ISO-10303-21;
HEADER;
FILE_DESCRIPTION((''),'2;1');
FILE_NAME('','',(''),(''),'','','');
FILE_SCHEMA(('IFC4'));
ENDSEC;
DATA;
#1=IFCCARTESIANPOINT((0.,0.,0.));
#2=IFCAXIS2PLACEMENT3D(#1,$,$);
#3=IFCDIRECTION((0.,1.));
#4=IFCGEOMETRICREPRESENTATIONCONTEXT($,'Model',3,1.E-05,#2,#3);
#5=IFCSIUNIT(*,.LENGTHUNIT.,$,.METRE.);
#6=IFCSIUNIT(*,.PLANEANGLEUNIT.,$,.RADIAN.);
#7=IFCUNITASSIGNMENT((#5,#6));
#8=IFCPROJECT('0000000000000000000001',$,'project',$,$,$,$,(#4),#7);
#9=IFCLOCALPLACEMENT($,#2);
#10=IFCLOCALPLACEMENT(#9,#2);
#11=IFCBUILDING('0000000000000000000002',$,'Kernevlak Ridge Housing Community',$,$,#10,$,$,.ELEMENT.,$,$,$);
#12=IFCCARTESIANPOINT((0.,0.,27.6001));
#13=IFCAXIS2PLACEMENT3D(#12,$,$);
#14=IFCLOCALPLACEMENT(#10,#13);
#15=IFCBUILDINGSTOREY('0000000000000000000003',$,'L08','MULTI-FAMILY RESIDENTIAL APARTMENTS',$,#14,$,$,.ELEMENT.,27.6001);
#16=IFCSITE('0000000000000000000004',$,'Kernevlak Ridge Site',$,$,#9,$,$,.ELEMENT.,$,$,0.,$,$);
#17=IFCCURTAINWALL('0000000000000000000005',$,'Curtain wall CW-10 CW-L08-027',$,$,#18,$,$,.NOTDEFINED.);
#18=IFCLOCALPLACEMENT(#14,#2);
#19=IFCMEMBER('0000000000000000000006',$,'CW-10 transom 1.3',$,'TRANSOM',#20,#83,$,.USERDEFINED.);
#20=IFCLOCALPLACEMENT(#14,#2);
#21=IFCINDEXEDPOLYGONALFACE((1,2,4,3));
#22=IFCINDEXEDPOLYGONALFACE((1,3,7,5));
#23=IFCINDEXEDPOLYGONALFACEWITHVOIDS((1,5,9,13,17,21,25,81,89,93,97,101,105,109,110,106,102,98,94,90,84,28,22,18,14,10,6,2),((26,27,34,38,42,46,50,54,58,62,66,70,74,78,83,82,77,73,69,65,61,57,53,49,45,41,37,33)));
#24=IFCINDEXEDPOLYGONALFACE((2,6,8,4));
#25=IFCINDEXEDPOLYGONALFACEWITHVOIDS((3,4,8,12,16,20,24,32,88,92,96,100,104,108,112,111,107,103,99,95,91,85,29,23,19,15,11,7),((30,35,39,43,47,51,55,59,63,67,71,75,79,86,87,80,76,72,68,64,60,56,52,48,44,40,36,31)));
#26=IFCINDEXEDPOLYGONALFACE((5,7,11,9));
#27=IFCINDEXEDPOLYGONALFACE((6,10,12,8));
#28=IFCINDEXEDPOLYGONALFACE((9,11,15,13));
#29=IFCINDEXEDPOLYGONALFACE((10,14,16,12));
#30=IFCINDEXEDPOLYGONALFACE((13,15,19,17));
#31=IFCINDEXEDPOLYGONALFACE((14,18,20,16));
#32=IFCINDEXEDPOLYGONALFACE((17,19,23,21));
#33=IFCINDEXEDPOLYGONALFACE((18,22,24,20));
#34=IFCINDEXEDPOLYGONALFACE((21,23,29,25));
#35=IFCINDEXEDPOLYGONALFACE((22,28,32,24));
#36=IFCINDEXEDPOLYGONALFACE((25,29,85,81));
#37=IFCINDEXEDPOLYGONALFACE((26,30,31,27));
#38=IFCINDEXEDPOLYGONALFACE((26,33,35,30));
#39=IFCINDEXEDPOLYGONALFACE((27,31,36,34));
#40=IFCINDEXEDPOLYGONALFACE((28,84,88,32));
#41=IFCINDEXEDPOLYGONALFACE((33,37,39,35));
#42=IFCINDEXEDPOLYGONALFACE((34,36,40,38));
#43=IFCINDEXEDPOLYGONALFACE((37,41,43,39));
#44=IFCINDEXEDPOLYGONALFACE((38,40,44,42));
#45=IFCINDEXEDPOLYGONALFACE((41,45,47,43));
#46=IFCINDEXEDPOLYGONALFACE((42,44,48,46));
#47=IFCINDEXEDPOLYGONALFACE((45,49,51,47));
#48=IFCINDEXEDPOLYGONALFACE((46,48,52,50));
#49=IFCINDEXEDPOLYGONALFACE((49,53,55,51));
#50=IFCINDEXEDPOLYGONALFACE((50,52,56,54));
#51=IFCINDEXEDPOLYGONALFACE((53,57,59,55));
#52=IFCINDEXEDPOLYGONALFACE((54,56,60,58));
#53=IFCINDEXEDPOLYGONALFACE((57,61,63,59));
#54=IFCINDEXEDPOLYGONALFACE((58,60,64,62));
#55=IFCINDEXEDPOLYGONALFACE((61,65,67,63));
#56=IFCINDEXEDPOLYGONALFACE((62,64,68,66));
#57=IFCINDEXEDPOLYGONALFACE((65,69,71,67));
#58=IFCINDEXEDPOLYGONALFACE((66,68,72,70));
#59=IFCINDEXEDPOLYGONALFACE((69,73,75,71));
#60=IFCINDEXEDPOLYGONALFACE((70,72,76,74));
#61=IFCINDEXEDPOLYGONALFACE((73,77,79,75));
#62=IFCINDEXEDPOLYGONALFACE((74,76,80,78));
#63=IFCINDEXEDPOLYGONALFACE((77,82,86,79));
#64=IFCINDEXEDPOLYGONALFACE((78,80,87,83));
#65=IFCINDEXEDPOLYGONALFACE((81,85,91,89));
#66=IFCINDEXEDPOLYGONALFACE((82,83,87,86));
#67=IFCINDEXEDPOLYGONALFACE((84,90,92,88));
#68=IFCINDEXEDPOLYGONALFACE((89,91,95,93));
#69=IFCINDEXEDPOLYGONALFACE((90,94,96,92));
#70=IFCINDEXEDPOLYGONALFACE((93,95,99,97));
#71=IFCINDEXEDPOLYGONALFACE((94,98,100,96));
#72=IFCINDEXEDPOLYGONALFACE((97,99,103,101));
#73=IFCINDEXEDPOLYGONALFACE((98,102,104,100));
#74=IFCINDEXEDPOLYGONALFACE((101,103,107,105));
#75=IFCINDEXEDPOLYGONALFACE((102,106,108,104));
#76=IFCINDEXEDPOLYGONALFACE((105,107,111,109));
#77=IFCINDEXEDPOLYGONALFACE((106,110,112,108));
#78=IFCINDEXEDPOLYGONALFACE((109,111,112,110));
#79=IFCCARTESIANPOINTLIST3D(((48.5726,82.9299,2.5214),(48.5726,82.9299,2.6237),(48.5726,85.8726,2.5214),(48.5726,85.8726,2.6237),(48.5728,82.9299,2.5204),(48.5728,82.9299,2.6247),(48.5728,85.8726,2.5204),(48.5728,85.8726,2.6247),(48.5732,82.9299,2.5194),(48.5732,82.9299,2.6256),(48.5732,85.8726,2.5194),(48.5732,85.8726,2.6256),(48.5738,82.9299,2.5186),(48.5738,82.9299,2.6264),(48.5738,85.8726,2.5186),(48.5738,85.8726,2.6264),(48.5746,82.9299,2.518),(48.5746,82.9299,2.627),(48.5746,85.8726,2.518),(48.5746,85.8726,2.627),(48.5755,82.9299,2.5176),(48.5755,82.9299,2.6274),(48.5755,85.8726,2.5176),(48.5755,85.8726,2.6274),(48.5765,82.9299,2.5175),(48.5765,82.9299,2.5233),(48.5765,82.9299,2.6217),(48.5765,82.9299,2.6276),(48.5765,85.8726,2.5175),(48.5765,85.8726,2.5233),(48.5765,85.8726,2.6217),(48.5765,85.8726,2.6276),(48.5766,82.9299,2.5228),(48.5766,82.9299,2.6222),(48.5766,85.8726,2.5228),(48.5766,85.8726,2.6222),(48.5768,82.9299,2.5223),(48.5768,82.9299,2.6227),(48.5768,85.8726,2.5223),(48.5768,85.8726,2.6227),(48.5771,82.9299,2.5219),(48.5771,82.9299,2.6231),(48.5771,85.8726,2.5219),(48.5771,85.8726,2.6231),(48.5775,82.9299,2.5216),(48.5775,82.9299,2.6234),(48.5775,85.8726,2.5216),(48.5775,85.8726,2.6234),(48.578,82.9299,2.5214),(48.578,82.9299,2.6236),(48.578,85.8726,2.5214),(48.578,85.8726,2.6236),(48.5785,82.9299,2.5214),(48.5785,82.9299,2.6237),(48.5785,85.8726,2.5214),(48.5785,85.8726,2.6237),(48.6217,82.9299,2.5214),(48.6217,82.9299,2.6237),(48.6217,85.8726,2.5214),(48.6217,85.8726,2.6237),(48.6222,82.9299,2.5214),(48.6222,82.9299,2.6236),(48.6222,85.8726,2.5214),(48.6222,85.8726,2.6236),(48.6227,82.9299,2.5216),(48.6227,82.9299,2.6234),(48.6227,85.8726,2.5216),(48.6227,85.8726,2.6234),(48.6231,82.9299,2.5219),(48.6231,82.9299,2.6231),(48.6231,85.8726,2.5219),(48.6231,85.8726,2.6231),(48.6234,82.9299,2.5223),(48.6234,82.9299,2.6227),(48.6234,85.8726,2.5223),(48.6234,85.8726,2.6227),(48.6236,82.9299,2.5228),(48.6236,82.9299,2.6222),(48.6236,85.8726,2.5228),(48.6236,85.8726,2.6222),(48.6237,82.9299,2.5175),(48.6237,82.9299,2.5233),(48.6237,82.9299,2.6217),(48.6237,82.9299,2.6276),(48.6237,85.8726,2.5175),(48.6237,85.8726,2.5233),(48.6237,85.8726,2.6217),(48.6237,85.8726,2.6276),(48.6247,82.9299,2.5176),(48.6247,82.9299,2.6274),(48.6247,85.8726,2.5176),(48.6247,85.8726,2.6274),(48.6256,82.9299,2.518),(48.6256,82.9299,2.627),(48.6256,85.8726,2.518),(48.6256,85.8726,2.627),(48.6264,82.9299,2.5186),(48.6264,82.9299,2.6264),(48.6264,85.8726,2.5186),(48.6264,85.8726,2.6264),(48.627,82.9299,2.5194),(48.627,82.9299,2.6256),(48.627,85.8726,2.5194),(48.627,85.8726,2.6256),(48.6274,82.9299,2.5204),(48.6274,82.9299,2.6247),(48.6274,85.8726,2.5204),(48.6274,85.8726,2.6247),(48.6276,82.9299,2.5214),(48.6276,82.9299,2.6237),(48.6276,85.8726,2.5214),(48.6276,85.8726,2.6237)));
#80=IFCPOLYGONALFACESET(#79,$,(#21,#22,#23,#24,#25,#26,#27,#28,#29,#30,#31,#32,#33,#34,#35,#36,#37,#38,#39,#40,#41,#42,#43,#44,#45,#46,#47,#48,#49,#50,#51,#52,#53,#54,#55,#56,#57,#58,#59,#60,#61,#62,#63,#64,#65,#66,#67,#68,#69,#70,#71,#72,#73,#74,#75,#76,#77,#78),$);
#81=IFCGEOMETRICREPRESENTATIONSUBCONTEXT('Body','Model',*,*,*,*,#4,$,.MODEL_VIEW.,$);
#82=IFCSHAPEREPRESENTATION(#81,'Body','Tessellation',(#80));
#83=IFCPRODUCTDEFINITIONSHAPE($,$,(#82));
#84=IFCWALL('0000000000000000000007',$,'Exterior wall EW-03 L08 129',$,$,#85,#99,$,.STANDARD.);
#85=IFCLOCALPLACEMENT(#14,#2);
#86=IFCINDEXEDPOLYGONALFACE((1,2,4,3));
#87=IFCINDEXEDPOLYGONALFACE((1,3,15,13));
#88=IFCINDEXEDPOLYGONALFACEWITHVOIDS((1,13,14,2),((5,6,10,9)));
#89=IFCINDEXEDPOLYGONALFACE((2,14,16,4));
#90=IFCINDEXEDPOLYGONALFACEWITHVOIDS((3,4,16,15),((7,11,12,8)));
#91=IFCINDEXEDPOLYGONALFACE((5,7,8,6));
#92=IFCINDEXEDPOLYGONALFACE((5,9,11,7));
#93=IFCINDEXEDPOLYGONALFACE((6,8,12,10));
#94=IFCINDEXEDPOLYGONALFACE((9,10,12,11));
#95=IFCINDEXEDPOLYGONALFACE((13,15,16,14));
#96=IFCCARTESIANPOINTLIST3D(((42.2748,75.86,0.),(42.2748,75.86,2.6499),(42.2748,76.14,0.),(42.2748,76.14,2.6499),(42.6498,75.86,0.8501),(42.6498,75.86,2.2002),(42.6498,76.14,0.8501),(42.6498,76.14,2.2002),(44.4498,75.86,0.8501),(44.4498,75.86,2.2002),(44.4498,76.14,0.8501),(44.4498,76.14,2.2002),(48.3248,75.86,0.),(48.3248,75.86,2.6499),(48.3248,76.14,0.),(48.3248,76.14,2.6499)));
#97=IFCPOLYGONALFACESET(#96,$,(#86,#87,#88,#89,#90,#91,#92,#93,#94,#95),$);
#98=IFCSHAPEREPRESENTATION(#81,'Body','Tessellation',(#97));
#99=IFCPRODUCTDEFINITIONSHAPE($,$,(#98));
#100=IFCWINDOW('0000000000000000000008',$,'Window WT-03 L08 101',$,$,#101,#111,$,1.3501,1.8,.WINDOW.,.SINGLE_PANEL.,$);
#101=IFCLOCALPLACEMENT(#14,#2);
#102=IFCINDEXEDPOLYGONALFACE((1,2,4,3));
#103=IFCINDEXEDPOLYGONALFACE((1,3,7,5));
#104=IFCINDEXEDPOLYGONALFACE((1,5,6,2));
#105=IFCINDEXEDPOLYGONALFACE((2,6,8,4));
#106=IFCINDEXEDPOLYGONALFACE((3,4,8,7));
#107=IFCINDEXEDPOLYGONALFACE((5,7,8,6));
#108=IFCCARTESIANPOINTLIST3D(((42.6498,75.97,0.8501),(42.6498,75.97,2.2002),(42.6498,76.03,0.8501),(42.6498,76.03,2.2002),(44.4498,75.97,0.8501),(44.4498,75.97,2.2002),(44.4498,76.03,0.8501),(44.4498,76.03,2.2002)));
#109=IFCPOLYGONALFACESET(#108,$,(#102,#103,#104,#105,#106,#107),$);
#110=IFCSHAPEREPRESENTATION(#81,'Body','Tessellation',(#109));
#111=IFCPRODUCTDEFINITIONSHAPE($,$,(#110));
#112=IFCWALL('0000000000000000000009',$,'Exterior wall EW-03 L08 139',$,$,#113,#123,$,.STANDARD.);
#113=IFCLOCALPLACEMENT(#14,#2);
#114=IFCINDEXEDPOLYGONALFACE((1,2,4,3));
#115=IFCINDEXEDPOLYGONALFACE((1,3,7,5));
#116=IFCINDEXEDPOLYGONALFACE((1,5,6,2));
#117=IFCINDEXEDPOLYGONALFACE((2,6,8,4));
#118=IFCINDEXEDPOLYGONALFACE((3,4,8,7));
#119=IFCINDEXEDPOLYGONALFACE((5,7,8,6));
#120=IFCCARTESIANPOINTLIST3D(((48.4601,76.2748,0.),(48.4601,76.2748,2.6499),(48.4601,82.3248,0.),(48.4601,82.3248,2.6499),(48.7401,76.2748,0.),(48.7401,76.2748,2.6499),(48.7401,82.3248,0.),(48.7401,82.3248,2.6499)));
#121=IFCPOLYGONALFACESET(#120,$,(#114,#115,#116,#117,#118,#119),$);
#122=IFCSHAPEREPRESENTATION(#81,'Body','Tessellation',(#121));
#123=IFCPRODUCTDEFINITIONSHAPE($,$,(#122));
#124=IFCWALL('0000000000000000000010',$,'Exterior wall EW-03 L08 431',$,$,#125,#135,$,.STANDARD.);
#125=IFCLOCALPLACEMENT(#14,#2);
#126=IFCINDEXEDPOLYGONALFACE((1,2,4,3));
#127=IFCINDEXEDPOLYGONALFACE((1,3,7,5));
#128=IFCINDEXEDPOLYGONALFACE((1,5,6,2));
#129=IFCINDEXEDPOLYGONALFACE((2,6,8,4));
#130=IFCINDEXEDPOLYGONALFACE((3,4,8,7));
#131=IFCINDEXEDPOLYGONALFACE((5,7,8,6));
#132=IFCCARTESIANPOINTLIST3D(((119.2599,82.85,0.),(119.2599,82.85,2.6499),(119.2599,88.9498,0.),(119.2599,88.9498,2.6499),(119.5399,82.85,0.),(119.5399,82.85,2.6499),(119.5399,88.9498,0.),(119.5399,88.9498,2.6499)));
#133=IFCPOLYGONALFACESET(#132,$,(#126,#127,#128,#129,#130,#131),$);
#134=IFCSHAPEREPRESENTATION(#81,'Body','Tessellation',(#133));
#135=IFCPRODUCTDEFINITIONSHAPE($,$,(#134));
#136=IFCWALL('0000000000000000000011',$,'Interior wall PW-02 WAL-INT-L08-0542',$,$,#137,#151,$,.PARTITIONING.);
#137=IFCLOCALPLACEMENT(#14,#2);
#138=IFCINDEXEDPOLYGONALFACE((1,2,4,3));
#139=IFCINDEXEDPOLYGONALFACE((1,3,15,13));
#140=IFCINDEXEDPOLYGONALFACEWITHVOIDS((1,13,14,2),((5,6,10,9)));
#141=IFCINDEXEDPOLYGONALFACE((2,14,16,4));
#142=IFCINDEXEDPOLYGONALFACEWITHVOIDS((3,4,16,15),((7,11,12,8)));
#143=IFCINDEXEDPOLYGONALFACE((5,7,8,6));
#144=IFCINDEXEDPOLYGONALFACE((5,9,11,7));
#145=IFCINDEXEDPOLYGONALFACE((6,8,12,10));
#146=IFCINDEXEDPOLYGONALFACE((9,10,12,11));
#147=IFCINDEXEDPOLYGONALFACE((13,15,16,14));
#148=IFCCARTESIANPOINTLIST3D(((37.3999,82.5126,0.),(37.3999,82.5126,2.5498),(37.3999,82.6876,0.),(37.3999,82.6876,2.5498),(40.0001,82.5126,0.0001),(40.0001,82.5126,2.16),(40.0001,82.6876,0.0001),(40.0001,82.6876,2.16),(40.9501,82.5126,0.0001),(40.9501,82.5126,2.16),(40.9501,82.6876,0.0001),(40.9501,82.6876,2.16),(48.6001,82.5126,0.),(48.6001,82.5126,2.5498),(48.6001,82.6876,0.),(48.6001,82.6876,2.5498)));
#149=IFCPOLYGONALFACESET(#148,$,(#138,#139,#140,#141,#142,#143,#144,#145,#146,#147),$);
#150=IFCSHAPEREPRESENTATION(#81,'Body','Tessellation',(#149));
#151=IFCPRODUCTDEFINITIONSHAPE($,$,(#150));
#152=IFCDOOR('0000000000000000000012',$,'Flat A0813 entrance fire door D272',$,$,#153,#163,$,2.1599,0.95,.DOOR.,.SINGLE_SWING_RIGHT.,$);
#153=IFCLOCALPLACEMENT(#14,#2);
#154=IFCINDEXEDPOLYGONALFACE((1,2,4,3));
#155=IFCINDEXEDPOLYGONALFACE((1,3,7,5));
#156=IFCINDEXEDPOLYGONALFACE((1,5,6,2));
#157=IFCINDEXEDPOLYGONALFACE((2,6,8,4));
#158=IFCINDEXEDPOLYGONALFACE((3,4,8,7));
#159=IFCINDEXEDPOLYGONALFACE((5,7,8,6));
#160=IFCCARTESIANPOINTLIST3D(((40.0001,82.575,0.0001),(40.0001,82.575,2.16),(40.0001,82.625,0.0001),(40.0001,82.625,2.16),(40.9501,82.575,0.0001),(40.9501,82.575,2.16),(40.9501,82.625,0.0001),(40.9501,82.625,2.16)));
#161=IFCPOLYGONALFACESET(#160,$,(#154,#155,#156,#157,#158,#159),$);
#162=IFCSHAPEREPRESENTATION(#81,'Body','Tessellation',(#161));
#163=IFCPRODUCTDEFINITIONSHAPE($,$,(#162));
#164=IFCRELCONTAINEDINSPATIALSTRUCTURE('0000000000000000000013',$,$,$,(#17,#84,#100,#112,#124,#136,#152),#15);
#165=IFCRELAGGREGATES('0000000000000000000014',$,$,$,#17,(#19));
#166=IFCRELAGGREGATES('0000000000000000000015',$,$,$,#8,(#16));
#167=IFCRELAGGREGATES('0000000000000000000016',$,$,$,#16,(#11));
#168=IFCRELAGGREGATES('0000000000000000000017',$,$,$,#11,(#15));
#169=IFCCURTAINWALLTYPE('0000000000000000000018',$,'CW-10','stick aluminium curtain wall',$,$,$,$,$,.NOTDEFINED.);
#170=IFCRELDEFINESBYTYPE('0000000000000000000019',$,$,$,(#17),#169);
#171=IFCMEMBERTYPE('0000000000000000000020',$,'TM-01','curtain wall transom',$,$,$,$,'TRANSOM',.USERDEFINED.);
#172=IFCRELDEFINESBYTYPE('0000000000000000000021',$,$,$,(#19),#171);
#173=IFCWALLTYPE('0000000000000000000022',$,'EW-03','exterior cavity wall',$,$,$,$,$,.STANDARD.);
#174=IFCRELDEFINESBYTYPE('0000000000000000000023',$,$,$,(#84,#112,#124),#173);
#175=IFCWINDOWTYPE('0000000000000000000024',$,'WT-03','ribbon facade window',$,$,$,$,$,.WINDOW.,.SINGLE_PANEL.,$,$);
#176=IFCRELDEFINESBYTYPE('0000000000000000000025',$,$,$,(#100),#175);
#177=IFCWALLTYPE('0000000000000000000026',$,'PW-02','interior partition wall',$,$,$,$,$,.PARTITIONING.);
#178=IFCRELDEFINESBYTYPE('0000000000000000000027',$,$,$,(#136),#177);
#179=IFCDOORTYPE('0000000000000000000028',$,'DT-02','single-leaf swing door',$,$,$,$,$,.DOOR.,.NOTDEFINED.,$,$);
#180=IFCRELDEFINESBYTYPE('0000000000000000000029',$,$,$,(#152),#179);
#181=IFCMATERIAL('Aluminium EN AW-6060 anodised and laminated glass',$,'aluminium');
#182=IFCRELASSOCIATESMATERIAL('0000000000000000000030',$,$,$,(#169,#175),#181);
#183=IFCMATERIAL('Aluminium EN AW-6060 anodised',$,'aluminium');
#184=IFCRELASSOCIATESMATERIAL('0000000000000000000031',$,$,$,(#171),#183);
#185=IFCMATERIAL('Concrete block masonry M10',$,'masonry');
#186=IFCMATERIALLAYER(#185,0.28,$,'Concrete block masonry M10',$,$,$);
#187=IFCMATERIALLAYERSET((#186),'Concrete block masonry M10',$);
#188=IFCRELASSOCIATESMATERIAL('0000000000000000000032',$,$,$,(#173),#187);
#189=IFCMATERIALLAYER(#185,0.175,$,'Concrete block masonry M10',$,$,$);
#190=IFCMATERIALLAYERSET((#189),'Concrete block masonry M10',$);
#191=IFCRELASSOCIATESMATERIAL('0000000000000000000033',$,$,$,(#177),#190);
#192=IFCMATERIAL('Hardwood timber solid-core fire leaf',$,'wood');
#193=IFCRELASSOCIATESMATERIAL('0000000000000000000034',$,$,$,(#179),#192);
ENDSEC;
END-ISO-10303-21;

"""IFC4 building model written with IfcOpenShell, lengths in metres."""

from ifc_helpers import new_model, si_unit, direction, frame, frame_2d, origin, origin_2d, place, context, subcontext, project, spatial, rectangle, hollow_rectangle, extrude, material, layer, layer_set, material_profile, profile_set, type_object, element, fill, aggregate, save


model = new_model("IFC4")

# Units and contexts
model_context = context("Model", 3, precision=1e-05, world=origin(), true_north=direction((0.0, 1.0)))
body_context = subcontext(model_context, "Body", "Model", "MODEL_VIEW")
ifc_project = project(units=[si_unit("LENGTHUNIT", "METRE"), si_unit("PLANEANGLEUNIT", "RADIAN")], contexts=[model_context])

# Site, building, storey
site_placement = place(None, origin())
site = spatial("IfcSite", under=ifc_project, at=site_placement, Name="Kernevlak Ridge Site", CompositionType="ELEMENT", RefElevation=0.0)
building_placement = place(site_placement, origin())
building = spatial("IfcBuilding", under=site, at=building_placement, Name="Kernevlak Ridge Housing Community", CompositionType="ELEMENT")
storey_placement = place(building_placement, frame((0.0, 0.0, 27.6001)))
storey = spatial("IfcBuildingStorey", under=building, at=storey_placement, Name="L08", Description="MULTI-FAMILY RESIDENTIAL APARTMENTS", CompositionType="ELEMENT", Elevation=27.6001)

# Curtain wall
ifc_material_1 = material(Name="Aluminium EN AW-6060 anodised and laminated glass", Category="aluminium")
curtain_wall_type = type_object("IfcCurtainWallType", Name="CW-10", Description="stick aluminium curtain wall", PredefinedType="NOTDEFINED", material=ifc_material_1)
curtain_wall_placement = place(storey_placement, origin())
curtain_wall = element("IfcCurtainWall", 1, at=curtain_wall_placement, inside=storey, type_object=curtain_wall_type, Name="Curtain wall CW-10 CW-L08-027", PredefinedType="NOTDEFINED")
ifc_material_2 = material(Name="Aluminium EN AW-6060 anodised", Category="aluminium")

# Member
ifc_material_profile_1 = material_profile(ifc_material_2, hollow_rectangle(XDim=0.0549, YDim=0.1101, WallThickness=0.0039, InnerFilletRadius=0.002, OuterFilletRadius=0.0039, at=origin_2d()), Name="ALU 55x110x4")
ifc_profile_set_1 = profile_set([ifc_material_profile_1], Name="Aluminium EN AW-6060 anodised")
member_type_1 = type_object("IfcMemberType", Name="TM-01", Description="curtain wall transom", ElementType="TRANSOM", PredefinedType="USERDEFINED", material=ifc_profile_set_1)
member_1_placement = place(storey_placement, frame((48.6001, 82.9299, 2.5725), z_axis=(0.0, 1.0, 0.0), x_axis=(-1.0, 0.0, 0.0)))
member_1 = element("IfcMember", 2, at=member_1_placement, type_object=member_type_1, Name="CW-10 transom 1.3", ObjectType="TRANSOM", PredefinedType="USERDEFINED", context=body_context, shape_type="SweptSolid", body=[
    extrude(hollow_rectangle(XDim=0.0549, YDim=0.1101, WallThickness=0.0039, InnerFilletRadius=0.002, OuterFilletRadius=0.0039, at=origin_2d()), origin(), (0.0, 0.0, 1.0), 2.9426),
])
aggregate(curtain_wall, [member_1])

# Wall, opening, window
ifc_material_3 = material(Name="Concrete block masonry M10", Category="masonry")
ifc_layer_1 = layer(ifc_material_3, 0.28, Name="Concrete block masonry M10")
ifc_layer_set_1 = layer_set([ifc_layer_1], Name="Concrete block masonry M10")
wall_type_1 = type_object("IfcWallType", Name="EW-03", Description="exterior cavity wall", PredefinedType="STANDARD", material=ifc_layer_set_1)
wall_1_placement = place(storey_placement, frame((42.2749, 76.0, 0.0), z_axis=(0.0, 0.0, 1.0), x_axis=(1.0, 0.0, 0.0)))
wall_1 = element("IfcWall", 3, at=wall_1_placement, inside=storey, type_object=wall_type_1, Name="Exterior wall EW-03 L08 129", PredefinedType="STANDARD", context=body_context, shape_type="SweptSolid", body=[
    extrude(rectangle(XDim=6.05, YDim=0.28, at=frame_2d((3.0249, 0.0))), origin(), (0.0, 0.0, 1.0), 2.6499),
])
opening_1_placement = place(wall_1_placement, frame((0.375, 0.0, 0.8501)))
opening_1 = element("IfcOpeningElement", 4, at=opening_1_placement, cuts=wall_1, PredefinedType="OPENING", context=body_context, shape_type="SweptSolid", body=[
    extrude(rectangle(XDim=1.8, YDim=1.3501, at=frame_2d((0.8999, 0.675))), frame((0.0, 0.1499, 0.0), z_axis=(0.0, -1.0, 0.0), x_axis=(1.0, 0.0, 0.0)), (0.0, 0.0, 1.0), 0.3),
])
window_type = type_object("IfcWindowType", Name="WT-03", Description="ribbon facade window", PartitioningType="SINGLE_PANEL", PredefinedType="WINDOW", material=ifc_material_1)
window_placement = place(opening_1_placement, origin())
window = element("IfcWindow", 5, at=window_placement, inside=storey, type_object=window_type, Name="Window WT-03 L08 101", OverallHeight=1.3501, OverallWidth=1.8, PartitioningType="SINGLE_PANEL", PredefinedType="WINDOW", context=body_context, shape_type="SweptSolid", body=[
    extrude(rectangle(XDim=1.8, YDim=1.3501, at=frame_2d((0.8999, 0.675))), frame((0.0, 0.03, 0.0), z_axis=(0.0, -1.0, 0.0), x_axis=(1.0, 0.0, 0.0)), (0.0, 0.0, 1.0), 0.0601),
])
fill(opening_1, window)

# Walls
wall_2_placement = place(storey_placement, frame((48.6001, 76.2749, 0.0), z_axis=(0.0, 0.0, 1.0), x_axis=(0.0, 1.0, 0.0)))
element("IfcWall", 6, at=wall_2_placement, inside=storey, type_object=wall_type_1, Name="Exterior wall EW-03 L08 139", PredefinedType="STANDARD", context=body_context, shape_type="SweptSolid", body=[
    extrude(rectangle(XDim=6.05, YDim=0.28, at=frame_2d((3.0249, 0.0))), origin(), (0.0, 0.0, 1.0), 2.6499),
])
wall_3_placement = place(storey_placement, frame((119.3999, 82.8501, 0.0), z_axis=(0.0, 0.0, 1.0), x_axis=(0.0, 1.0, 0.0)))
element("IfcWall", 7, at=wall_3_placement, inside=storey, type_object=wall_type_1, Name="Exterior wall EW-03 L08 431", PredefinedType="STANDARD", context=body_context, shape_type="SweptSolid", body=[
    extrude(rectangle(XDim=6.0999, YDim=0.28, at=frame_2d((3.0498, 0.0))), origin(), (0.0, 0.0, 1.0), 2.6499),
])

# Wall, opening, door
ifc_layer_2 = layer(ifc_material_3, 0.175, Name="Concrete block masonry M10")
ifc_layer_set_2 = layer_set([ifc_layer_2], Name="Concrete block masonry M10")
wall_type_2 = type_object("IfcWallType", Name="PW-02", Description="interior partition wall", PredefinedType="PARTITIONING", material=ifc_layer_set_2)
wall_4_placement = place(storey_placement, frame((37.3999, 82.6001, 0.0), z_axis=(0.0, 0.0, 1.0), x_axis=(1.0, 0.0, 0.0)))
wall_4 = element("IfcWall", 8, at=wall_4_placement, inside=storey, type_object=wall_type_2, Name="Interior wall PW-02 WAL-INT-L08-0542", PredefinedType="PARTITIONING", context=body_context, shape_type="SweptSolid", body=[
    extrude(rectangle(XDim=11.2002, YDim=0.175, at=frame_2d((5.6001, 0.0))), origin(), (0.0, 0.0, 1.0), 2.5498),
])
opening_2_placement = place(wall_4_placement, frame((2.6001, 0.0, 0.0)))
opening_2 = element("IfcOpeningElement", 9, at=opening_2_placement, cuts=wall_4, PredefinedType="OPENING", context=body_context, shape_type="SweptSolid", body=[
    extrude(rectangle(XDim=0.95, YDim=2.1599, at=frame_2d((0.4751, 1.0801))), frame((0.0, 0.0974, 0.0), z_axis=(0.0, -1.0, 0.0), x_axis=(1.0, 0.0, 0.0)), (0.0, 0.0, 1.0), 0.1951),
])
ifc_material_4 = material(Name="Hardwood timber solid-core fire leaf", Category="wood")
door_type_1 = type_object("IfcDoorType", Name="DT-02", Description="single-leaf swing door", OperationType="NOTDEFINED", PredefinedType="DOOR", material=ifc_material_4)
door_1_placement = place(opening_2_placement, origin())
door_1 = element("IfcDoor", 10, at=door_1_placement, inside=storey, type_object=door_type_1, Name="Flat A0813 entrance fire door D272", OperationType="SINGLE_SWING_RIGHT", OverallHeight=2.1599, OverallWidth=0.95, PredefinedType="DOOR", context=body_context, shape_type="SweptSolid", body=[
    extrude(rectangle(XDim=0.95, YDim=2.1599, at=frame_2d((0.4751, 1.0801))), frame((0.0, 0.0249, 0.0), z_axis=(0.0, -1.0, 0.0), x_axis=(1.0, 0.0, 0.0)), (0.0, 0.0, 1.0), 0.05),
])
fill(opening_2, door_1)

save(model, "model.ifc")
